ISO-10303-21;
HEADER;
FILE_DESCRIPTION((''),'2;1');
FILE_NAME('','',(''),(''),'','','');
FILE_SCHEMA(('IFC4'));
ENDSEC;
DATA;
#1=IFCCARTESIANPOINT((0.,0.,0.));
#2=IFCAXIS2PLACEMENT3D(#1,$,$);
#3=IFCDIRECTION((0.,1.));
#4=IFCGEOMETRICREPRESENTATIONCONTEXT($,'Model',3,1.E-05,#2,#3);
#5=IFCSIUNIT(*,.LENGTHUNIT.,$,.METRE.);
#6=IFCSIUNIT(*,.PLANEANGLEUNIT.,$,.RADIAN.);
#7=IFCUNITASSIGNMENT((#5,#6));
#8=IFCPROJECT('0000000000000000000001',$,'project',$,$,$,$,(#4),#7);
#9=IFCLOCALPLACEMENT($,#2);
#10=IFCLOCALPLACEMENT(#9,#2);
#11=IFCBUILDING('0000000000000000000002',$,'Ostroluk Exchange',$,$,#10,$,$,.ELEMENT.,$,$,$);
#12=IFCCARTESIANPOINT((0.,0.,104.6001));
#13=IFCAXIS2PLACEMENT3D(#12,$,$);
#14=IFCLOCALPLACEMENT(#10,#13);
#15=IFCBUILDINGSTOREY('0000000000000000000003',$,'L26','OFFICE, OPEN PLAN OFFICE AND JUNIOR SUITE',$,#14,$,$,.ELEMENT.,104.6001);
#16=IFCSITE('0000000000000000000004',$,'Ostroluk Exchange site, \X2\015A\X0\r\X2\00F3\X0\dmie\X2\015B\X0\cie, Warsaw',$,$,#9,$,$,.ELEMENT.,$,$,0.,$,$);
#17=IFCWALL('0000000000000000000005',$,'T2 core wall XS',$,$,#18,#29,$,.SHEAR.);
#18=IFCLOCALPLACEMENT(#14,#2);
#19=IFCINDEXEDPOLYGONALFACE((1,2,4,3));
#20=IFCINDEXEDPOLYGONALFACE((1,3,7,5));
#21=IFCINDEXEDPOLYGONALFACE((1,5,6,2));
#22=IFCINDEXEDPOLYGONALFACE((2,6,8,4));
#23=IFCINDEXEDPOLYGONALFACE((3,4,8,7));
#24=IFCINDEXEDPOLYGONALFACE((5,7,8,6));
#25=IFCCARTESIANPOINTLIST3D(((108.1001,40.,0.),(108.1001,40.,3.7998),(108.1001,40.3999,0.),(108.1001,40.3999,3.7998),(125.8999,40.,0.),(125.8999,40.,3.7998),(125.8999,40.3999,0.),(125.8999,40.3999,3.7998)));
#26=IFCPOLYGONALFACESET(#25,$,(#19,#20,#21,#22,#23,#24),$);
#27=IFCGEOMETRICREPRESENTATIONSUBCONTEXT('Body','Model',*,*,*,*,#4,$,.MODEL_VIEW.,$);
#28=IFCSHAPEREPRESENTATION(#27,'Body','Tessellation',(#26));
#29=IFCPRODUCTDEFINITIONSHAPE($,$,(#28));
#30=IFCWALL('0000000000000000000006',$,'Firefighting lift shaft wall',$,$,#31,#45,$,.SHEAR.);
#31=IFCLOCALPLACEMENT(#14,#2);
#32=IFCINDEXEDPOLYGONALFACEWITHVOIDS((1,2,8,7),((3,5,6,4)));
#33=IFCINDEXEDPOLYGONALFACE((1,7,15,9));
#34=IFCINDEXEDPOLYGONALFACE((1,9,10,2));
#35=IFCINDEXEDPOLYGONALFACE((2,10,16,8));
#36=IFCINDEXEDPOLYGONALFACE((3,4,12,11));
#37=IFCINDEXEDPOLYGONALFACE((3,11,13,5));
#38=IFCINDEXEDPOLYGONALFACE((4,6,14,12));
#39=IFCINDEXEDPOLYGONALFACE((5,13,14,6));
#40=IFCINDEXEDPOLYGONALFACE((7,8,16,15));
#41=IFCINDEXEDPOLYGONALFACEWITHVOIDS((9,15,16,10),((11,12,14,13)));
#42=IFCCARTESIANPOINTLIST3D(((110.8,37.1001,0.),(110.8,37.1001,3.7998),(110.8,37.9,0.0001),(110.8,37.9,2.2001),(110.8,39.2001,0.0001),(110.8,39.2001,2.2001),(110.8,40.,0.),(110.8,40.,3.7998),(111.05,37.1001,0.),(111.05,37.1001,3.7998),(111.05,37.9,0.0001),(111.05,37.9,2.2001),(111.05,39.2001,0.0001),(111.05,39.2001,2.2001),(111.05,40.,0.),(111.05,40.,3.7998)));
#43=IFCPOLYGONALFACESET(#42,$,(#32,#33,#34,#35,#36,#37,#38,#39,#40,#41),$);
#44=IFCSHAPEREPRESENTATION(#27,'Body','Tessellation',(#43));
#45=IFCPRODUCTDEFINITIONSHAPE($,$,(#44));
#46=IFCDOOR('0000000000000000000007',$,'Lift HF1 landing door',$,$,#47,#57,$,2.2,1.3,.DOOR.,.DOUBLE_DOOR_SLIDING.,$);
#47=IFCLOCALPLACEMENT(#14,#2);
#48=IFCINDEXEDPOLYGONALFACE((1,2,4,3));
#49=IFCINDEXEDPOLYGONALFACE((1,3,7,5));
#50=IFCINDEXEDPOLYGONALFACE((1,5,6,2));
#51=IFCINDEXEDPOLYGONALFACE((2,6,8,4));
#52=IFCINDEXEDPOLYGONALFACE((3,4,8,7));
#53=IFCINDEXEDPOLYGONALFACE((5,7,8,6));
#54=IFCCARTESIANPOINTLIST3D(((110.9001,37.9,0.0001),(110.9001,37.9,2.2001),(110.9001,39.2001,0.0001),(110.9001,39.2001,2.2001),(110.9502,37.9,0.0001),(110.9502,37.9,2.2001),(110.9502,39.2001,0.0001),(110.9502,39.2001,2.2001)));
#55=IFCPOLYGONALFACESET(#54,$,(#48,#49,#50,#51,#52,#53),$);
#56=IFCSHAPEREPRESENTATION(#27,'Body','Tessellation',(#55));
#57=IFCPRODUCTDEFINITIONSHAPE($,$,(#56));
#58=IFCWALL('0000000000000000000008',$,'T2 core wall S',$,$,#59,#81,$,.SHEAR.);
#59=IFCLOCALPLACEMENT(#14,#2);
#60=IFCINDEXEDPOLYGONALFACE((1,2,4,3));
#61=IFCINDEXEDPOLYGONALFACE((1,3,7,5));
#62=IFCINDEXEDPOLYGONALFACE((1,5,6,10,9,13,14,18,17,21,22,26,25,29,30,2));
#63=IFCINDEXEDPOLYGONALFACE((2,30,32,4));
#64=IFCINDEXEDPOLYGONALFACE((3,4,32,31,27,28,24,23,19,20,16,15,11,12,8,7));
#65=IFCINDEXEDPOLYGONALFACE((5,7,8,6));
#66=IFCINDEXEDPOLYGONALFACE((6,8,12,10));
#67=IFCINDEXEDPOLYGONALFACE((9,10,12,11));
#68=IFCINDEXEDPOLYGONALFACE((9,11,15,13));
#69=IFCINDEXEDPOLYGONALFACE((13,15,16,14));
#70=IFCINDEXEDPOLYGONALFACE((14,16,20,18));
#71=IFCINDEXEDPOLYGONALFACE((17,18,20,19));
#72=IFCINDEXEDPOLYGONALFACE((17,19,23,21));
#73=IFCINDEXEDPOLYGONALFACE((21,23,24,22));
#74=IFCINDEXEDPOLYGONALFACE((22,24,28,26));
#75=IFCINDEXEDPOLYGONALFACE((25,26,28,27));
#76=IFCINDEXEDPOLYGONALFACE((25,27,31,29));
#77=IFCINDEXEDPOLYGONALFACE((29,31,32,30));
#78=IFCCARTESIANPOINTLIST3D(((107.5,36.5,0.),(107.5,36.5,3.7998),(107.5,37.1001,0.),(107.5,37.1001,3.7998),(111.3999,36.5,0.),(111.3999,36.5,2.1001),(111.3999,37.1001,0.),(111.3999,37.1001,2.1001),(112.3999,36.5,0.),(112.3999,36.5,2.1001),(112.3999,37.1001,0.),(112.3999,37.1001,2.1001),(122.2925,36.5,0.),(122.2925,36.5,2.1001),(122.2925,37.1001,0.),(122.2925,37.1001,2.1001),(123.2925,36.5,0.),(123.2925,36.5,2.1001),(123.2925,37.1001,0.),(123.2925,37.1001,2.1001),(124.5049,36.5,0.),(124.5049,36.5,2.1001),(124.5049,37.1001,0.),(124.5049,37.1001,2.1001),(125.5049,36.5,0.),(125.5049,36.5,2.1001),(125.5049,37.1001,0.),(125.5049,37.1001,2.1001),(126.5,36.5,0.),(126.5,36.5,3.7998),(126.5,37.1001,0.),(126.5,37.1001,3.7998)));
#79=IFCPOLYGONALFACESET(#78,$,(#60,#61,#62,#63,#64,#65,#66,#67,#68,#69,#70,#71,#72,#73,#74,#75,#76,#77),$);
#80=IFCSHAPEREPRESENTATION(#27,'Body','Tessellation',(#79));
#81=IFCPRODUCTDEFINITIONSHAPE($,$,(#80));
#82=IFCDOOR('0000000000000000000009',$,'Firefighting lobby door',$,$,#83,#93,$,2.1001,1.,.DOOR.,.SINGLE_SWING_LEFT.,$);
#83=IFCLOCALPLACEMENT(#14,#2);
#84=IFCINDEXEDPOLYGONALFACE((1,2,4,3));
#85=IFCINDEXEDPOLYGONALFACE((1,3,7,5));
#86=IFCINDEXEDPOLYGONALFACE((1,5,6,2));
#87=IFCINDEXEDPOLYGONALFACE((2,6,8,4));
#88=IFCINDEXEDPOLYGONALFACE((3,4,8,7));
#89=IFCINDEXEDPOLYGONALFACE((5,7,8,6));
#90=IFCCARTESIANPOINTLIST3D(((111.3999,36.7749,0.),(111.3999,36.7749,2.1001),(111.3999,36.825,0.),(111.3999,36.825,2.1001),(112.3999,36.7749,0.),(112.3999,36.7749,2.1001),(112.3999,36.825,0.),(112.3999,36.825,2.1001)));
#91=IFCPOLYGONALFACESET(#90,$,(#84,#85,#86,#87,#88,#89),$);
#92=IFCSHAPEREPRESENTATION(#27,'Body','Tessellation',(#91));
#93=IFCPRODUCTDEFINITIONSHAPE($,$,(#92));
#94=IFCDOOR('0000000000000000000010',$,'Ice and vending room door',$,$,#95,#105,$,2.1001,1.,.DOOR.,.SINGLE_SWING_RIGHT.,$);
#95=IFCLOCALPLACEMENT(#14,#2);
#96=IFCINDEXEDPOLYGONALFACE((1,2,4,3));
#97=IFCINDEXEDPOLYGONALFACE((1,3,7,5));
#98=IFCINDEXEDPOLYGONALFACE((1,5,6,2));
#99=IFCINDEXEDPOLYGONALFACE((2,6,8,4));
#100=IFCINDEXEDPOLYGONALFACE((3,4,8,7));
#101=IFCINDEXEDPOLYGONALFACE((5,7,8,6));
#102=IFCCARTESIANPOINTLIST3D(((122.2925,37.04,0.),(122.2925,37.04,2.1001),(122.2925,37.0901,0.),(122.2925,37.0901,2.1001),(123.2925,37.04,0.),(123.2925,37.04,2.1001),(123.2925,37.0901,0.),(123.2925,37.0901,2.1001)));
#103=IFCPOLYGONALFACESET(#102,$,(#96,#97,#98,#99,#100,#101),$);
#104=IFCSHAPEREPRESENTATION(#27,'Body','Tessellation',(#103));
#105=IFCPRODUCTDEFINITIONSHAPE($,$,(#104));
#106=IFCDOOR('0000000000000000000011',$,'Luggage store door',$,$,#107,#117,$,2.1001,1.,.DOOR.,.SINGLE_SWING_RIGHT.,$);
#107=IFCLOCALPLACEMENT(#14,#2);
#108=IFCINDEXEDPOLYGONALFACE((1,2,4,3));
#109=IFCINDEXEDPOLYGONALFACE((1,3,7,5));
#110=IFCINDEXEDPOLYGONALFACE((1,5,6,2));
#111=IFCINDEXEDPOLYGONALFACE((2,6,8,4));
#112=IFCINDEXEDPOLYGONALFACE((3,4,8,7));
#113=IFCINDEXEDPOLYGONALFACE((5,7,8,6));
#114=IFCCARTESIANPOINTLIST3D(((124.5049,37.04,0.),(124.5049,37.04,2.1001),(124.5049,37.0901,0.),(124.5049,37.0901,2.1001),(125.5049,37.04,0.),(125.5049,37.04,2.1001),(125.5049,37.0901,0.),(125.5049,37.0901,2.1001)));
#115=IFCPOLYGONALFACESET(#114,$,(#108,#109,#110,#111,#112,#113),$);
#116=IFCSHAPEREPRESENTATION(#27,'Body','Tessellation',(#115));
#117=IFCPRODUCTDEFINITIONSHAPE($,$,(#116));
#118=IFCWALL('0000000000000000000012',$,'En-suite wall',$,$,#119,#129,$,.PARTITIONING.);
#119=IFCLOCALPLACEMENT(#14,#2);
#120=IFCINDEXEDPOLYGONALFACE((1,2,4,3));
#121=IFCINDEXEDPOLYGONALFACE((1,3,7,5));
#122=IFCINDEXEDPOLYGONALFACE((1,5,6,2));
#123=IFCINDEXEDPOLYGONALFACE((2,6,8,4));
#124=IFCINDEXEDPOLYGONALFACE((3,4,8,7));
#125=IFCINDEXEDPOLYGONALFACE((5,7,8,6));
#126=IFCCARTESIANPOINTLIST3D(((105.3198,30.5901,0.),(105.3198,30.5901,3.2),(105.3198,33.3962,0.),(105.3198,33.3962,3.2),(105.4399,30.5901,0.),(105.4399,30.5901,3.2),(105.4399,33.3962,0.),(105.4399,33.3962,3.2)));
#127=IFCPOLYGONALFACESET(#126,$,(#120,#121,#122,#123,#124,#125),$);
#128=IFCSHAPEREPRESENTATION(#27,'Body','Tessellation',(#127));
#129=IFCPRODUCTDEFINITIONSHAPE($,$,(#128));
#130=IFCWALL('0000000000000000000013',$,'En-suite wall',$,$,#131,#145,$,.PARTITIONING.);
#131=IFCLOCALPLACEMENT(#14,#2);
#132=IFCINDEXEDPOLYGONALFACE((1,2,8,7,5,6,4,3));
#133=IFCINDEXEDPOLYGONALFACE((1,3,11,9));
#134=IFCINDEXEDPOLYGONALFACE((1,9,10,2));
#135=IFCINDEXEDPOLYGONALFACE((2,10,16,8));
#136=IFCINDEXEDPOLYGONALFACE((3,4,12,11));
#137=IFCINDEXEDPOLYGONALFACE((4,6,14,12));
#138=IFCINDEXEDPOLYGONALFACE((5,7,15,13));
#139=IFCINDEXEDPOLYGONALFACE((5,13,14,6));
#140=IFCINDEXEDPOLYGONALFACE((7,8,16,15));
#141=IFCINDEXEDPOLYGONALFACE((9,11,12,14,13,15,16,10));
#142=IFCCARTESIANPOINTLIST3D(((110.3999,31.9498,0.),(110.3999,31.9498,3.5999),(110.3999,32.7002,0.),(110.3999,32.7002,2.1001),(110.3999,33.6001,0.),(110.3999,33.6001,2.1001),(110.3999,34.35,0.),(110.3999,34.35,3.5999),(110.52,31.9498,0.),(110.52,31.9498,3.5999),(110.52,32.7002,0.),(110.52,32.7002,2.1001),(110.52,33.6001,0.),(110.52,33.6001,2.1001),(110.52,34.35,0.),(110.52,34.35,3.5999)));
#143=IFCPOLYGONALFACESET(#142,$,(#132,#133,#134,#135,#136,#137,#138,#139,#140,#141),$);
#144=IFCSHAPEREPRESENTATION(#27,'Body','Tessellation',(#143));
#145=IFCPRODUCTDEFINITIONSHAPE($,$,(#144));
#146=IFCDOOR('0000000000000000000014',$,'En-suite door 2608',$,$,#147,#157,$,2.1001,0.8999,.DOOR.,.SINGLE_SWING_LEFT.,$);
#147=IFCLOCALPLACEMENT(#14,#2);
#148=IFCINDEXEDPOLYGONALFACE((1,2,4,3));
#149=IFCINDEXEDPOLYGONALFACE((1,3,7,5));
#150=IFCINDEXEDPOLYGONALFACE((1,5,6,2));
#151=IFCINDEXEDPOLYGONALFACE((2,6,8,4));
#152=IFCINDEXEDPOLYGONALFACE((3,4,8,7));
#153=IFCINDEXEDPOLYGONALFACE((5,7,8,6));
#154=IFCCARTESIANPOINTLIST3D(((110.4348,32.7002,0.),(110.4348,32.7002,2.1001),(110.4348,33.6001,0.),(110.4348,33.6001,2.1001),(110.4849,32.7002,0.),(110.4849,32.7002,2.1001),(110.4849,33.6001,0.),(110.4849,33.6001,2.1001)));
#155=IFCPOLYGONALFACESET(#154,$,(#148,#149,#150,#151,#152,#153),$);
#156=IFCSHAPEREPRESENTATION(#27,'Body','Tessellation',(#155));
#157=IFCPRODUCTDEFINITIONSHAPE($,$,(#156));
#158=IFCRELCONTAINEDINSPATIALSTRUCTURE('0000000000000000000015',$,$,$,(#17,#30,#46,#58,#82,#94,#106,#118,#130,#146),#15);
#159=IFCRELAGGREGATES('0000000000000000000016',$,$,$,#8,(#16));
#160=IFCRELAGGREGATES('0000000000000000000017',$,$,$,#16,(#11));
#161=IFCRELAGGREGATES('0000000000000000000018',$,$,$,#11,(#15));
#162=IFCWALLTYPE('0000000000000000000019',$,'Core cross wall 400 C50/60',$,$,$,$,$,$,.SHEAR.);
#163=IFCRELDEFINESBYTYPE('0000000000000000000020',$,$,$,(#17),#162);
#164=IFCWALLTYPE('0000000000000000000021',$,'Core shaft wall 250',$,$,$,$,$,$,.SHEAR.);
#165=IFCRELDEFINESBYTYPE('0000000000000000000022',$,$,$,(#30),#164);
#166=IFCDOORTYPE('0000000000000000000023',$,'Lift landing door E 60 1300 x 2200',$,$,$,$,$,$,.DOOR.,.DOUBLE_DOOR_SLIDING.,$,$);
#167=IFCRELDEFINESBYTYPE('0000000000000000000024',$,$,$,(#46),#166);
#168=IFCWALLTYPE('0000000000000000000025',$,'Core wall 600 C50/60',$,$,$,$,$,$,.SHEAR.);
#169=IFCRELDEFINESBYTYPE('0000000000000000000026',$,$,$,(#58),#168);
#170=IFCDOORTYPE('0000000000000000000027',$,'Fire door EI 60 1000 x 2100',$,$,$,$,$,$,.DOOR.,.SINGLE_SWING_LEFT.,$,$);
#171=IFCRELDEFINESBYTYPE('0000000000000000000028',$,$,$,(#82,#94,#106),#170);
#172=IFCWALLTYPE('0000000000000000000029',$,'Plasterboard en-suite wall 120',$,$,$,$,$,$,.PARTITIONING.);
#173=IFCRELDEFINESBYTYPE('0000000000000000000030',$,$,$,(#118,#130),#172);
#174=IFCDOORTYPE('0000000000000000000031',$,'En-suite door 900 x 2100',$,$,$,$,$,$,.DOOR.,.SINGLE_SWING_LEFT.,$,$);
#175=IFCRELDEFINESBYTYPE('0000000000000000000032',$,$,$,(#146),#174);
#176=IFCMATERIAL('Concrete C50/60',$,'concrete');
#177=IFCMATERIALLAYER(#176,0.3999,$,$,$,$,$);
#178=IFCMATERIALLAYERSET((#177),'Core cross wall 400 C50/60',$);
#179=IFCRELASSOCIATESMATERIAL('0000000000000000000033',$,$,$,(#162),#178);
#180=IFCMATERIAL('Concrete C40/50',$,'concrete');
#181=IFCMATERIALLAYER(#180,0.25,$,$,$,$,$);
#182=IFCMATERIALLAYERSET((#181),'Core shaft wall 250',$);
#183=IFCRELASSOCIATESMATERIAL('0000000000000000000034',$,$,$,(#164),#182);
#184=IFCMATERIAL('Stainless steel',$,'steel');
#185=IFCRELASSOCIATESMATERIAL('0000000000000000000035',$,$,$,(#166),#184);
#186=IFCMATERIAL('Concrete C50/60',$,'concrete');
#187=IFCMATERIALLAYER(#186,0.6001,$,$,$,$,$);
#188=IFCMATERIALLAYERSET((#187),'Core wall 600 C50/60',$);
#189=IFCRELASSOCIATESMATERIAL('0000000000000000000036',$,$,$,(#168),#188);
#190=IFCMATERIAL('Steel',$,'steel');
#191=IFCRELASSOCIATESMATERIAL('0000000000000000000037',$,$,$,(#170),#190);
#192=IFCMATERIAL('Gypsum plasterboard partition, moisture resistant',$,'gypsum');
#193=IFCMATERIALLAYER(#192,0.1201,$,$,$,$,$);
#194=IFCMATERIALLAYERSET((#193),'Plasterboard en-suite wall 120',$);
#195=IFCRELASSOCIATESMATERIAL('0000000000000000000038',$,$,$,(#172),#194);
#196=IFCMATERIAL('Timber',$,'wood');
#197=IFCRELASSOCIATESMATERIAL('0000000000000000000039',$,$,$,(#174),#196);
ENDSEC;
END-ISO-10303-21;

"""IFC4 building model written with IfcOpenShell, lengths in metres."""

from ifc_helpers import new_model, si_unit, direction, frame, frame_2d, origin, place, context, subcontext, project, spatial, rectangle, extrude, material, layer, layer_set, type_object, element, fill, save


model = new_model("IFC4")

# Units and contexts
model_context = context("Model", 3, precision=1e-05, world=origin(), true_north=direction((0.0, 1.0)))
body_context = subcontext(model_context, "Body", "Model", "MODEL_VIEW")
ifc_project = project(units=[si_unit("LENGTHUNIT", "METRE"), si_unit("PLANEANGLEUNIT", "RADIAN")], contexts=[model_context])

# Site, building, storey
site_placement = place(None, origin())
site = spatial("IfcSite", under=ifc_project, at=site_placement, Name="Ostroluk Exchange site, Śródmieście, Warsaw", CompositionType="ELEMENT", RefElevation=0.0)
building_placement = place(site_placement, origin())
building = spatial("IfcBuilding", under=site, at=building_placement, Name="Ostroluk Exchange", CompositionType="ELEMENT")
storey_placement = place(building_placement, frame((0.0, 0.0, 104.6001)))
storey = spatial("IfcBuildingStorey", under=building, at=storey_placement, Name="L26", Description="OFFICE, OPEN PLAN OFFICE AND JUNIOR SUITE", CompositionType="ELEMENT", Elevation=104.6001)

# Wall
ifc_material_1 = material(Name="Concrete C50/60", Category="concrete")
ifc_layer_1 = layer(ifc_material_1, 0.3999)
ifc_layer_set_1 = layer_set([ifc_layer_1], Name="Core cross wall 400 C50/60")
wall_type_1 = type_object("IfcWallType", Name="Core cross wall 400 C50/60", PredefinedType="SHEAR", material=ifc_layer_set_1)
wall_1_placement = place(storey_placement, frame((108.1001, 40.2, 0.0), z_axis=(0.0, 0.0, 1.0), x_axis=(1.0, 0.0, 0.0)))
element("IfcWall", 1, at=wall_1_placement, inside=storey, type_object=wall_type_1, Name="T2 core wall XS", PredefinedType="SHEAR", context=body_context, shape_type="SweptSolid", body=[
    extrude(rectangle(XDim=17.7998, YDim=0.3999, at=frame_2d((8.8999, 0.0))), origin(), (0.0, 0.0, 1.0), 3.7998),
])

# Wall, opening, door
ifc_material_2 = material(Name="Concrete C40/50", Category="concrete")
ifc_layer_2 = layer(ifc_material_2, 0.25)
ifc_layer_set_2 = layer_set([ifc_layer_2], Name="Core shaft wall 250")
wall_type_2 = type_object("IfcWallType", Name="Core shaft wall 250", PredefinedType="SHEAR", material=ifc_layer_set_2)
wall_2_placement = place(storey_placement, frame((110.925, 37.1001, 0.0), z_axis=(0.0, 0.0, 1.0), x_axis=(0.0, 1.0, 0.0)))
wall_2 = element("IfcWall", 2, at=wall_2_placement, inside=storey, type_object=wall_type_2, Name="Firefighting lift shaft wall", PredefinedType="SHEAR", context=body_context, shape_type="SweptSolid", body=[
    extrude(rectangle(XDim=2.8999, YDim=0.25, at=frame_2d((1.45, 0.0))), origin(), (0.0, 0.0, 1.0), 3.7998),
])
opening_1_placement = place(wall_2_placement, frame((0.8, 0.0, 0.0)))
opening_1 = element("IfcOpeningElement", 3, at=opening_1_placement, cuts=wall_2, PredefinedType="OPENING", context=body_context, shape_type="SweptSolid", body=[
    extrude(rectangle(XDim=1.3, YDim=2.2, at=frame_2d((0.6499, 1.1001))), frame((0.0, 0.135, 0.0), z_axis=(0.0, -1.0, 0.0), x_axis=(1.0, 0.0, 0.0)), (0.0, 0.0, 1.0), 0.27),
])
ifc_material_3 = material(Name="Stainless steel", Category="steel")
door_type_1 = type_object("IfcDoorType", Name="Lift landing door E 60 1300 x 2200", OperationType="DOUBLE_DOOR_SLIDING", PredefinedType="DOOR", material=ifc_material_3)
door_1_placement = place(opening_1_placement, origin())
door_1 = element("IfcDoor", 4, at=door_1_placement, inside=storey, type_object=door_type_1, Name="Lift HF1 landing door", OperationType="DOUBLE_DOOR_SLIDING", OverallHeight=2.2, OverallWidth=1.3, PredefinedType="DOOR", context=body_context, shape_type="SweptSolid", body=[
    extrude(rectangle(XDim=1.3, YDim=2.2, at=frame_2d((0.6499, 1.1001))), frame((0.0, 0.0249, 0.0), z_axis=(0.0, -1.0, 0.0), x_axis=(1.0, 0.0, 0.0)), (0.0, 0.0, 1.0), 0.05),
])
fill(opening_1, door_1)

# Wall, openings, doors
ifc_material_4 = material(Name="Concrete C50/60", Category="concrete")
ifc_layer_3 = layer(ifc_material_4, 0.6001)
ifc_layer_set_3 = layer_set([ifc_layer_3], Name="Core wall 600 C50/60")
wall_type_3 = type_object("IfcWallType", Name="Core wall 600 C50/60", PredefinedType="SHEAR", material=ifc_layer_set_3)
wall_3_placement = place(storey_placement, frame((107.5, 36.8, 0.0), z_axis=(0.0, 0.0, 1.0), x_axis=(1.0, 0.0, 0.0)))
wall_3 = element("IfcWall", 5, at=wall_3_placement, inside=storey, type_object=wall_type_3, Name="T2 core wall S", PredefinedType="SHEAR", context=body_context, shape_type="SweptSolid", body=[
    extrude(rectangle(XDim=19.0, YDim=0.6001, at=frame_2d((9.5, 0.0))), origin(), (0.0, 0.0, 1.0), 3.7998),
])
opening_2_placement = place(wall_3_placement, frame((3.8999, 0.0, 0.0)))
opening_2 = element("IfcOpeningElement", 6, at=opening_2_placement, cuts=wall_3, PredefinedType="OPENING", context=body_context, shape_type="SweptSolid", body=[
    extrude(rectangle(XDim=1.0, YDim=2.1001, at=frame_2d((0.5, 1.05))), frame((0.0, 0.3101, 0.0), z_axis=(0.0, -1.0, 0.0), x_axis=(1.0, 0.0, 0.0)), (0.0, 0.0, 1.0), 0.6201),
])
opening_3_placement = place(wall_3_placement, frame((14.7925, 0.0, 0.0)))
opening_3 = element("IfcOpeningElement", 7, at=opening_3_placement, cuts=wall_3, PredefinedType="OPENING", context=body_context, shape_type="SweptSolid", body=[
    extrude(rectangle(XDim=1.0, YDim=2.1001, at=frame_2d((0.5, 1.05))), frame((0.0, 0.3101, 0.0), z_axis=(0.0, -1.0, 0.0), x_axis=(1.0, 0.0, 0.0)), (0.0, 0.0, 1.0), 0.6201),
])
opening_4_placement = place(wall_3_placement, frame((17.0049, 0.0, 0.0)))
opening_4 = element("IfcOpeningElement", 8, at=opening_4_placement, cuts=wall_3, PredefinedType="OPENING", context=body_context, shape_type="SweptSolid", body=[
    extrude(rectangle(XDim=1.0, YDim=2.1001, at=frame_2d((0.5, 1.05))), frame((0.0, 0.3101, 0.0), z_axis=(0.0, -1.0, 0.0), x_axis=(1.0, 0.0, 0.0)), (0.0, 0.0, 1.0), 0.6201),
])
ifc_material_5 = material(Name="Steel", Category="steel")
door_type_2 = type_object("IfcDoorType", Name="Fire door EI 60 1000 x 2100", OperationType="SINGLE_SWING_LEFT", PredefinedType="DOOR", material=ifc_material_5)
door_2_placement = place(opening_2_placement, origin())
door_2 = element("IfcDoor", 9, at=door_2_placement, inside=storey, type_object=door_type_2, Name="Firefighting lobby door", OperationType="SINGLE_SWING_LEFT", OverallHeight=2.1001, OverallWidth=1.0, PredefinedType="DOOR", context=body_context, shape_type="SweptSolid", body=[
    extrude(rectangle(XDim=1.0, YDim=2.1001, at=frame_2d((0.5, 1.05))), frame((0.0, 0.0249, 0.0), z_axis=(0.0, -1.0, 0.0), x_axis=(1.0, 0.0, 0.0)), (0.0, 0.0, 1.0), 0.05),
])
fill(opening_2, door_2)
door_3_placement = place(opening_3_placement, origin())
door_3 = element("IfcDoor", 10, at=door_3_placement, inside=storey, type_object=door_type_2, Name="Ice and vending room door", OperationType="SINGLE_SWING_RIGHT", OverallHeight=2.1001, OverallWidth=1.0, PredefinedType="DOOR", context=body_context, shape_type="SweptSolid", body=[
    extrude(rectangle(XDim=1.0, YDim=2.1001, at=frame_2d((0.5, 1.05))), frame((0.0, 0.29, 0.0), z_axis=(0.0, -1.0, 0.0), x_axis=(1.0, 0.0, 0.0)), (0.0, 0.0, 1.0), 0.05),
])
fill(opening_3, door_3)
door_4_placement = place(opening_4_placement, origin())
door_4 = element("IfcDoor", 11, at=door_4_placement, inside=storey, type_object=door_type_2, Name="Luggage store door", OperationType="SINGLE_SWING_RIGHT", OverallHeight=2.1001, OverallWidth=1.0, PredefinedType="DOOR", context=body_context, shape_type="SweptSolid", body=[
    extrude(rectangle(XDim=1.0, YDim=2.1001, at=frame_2d((0.5, 1.05))), frame((0.0, 0.29, 0.0), z_axis=(0.0, -1.0, 0.0), x_axis=(1.0, 0.0, 0.0)), (0.0, 0.0, 1.0), 0.05),
])
fill(opening_4, door_4)

# Wall
ifc_material_6 = material(Name="Gypsum plasterboard partition, moisture resistant", Category="gypsum")
ifc_layer_4 = layer(ifc_material_6, 0.1201)
ifc_layer_set_4 = layer_set([ifc_layer_4], Name="Plasterboard en-suite wall 120")
wall_type_4 = type_object("IfcWallType", Name="Plasterboard en-suite wall 120", PredefinedType="PARTITIONING", material=ifc_layer_set_4)
wall_4_placement = place(storey_placement, frame((105.3799, 33.3962, 0.0), z_axis=(0.0, 0.0, 1.0), x_axis=(0.0, -1.0, 0.0)))
element("IfcWall", 12, at=wall_4_placement, inside=storey, type_object=wall_type_4, Name="En-suite wall", PredefinedType="PARTITIONING", context=body_context, shape_type="SweptSolid", body=[
    extrude(rectangle(XDim=2.8062, YDim=0.1201, at=frame_2d((1.4031, 0.0))), origin(), (0.0, 0.0, 1.0), 3.2),
])

# Wall, opening, door
wall_5_placement = place(storey_placement, frame((110.46, 34.3501, 0.0), z_axis=(0.0, 0.0, 1.0), x_axis=(0.0, -1.0, 0.0)))
wall_5 = element("IfcWall", 13, at=wall_5_placement, inside=storey, type_object=wall_type_4, Name="En-suite wall", PredefinedType="PARTITIONING", context=body_context, shape_type="SweptSolid", body=[
    extrude(rectangle(XDim=2.4001, YDim=0.1201, at=frame_2d((1.2002, 0.0))), origin(), (0.0, 0.0, 1.0), 3.5999),
])
opening_5_placement = place(wall_5_placement, frame((0.75, 0.0, 0.0)))
opening_5 = element("IfcOpeningElement", 14, at=opening_5_placement, cuts=wall_5, PredefinedType="OPENING", context=body_context, shape_type="SweptSolid", body=[
    extrude(rectangle(XDim=0.8999, YDim=2.1001, at=frame_2d((0.45, 1.05))), frame((0.0, 0.0701, 0.0), z_axis=(0.0, -1.0, 0.0), x_axis=(1.0, 0.0, 0.0)), (0.0, 0.0, 1.0), 0.1401),
])
ifc_material_7 = material(Name="Timber", Category="wood")
door_type_3 = type_object("IfcDoorType", Name="En-suite door 900 x 2100", OperationType="SINGLE_SWING_LEFT", PredefinedType="DOOR", material=ifc_material_7)
door_5_placement = place(opening_5_placement, origin())
door_5 = element("IfcDoor", 15, at=door_5_placement, inside=storey, type_object=door_type_3, Name="En-suite door 2608", OperationType="SINGLE_SWING_LEFT", OverallHeight=2.1001, OverallWidth=0.8999, PredefinedType="DOOR", context=body_context, shape_type="SweptSolid", body=[
    extrude(rectangle(XDim=0.8999, YDim=2.1001, at=frame_2d((0.45, 1.05))), frame((0.0, 0.0249, 0.0), z_axis=(0.0, -1.0, 0.0), x_axis=(1.0, 0.0, 0.0)), (0.0, 0.0, 1.0), 0.05),
])
fill(opening_5, door_5)

save(model, "model.ifc")
